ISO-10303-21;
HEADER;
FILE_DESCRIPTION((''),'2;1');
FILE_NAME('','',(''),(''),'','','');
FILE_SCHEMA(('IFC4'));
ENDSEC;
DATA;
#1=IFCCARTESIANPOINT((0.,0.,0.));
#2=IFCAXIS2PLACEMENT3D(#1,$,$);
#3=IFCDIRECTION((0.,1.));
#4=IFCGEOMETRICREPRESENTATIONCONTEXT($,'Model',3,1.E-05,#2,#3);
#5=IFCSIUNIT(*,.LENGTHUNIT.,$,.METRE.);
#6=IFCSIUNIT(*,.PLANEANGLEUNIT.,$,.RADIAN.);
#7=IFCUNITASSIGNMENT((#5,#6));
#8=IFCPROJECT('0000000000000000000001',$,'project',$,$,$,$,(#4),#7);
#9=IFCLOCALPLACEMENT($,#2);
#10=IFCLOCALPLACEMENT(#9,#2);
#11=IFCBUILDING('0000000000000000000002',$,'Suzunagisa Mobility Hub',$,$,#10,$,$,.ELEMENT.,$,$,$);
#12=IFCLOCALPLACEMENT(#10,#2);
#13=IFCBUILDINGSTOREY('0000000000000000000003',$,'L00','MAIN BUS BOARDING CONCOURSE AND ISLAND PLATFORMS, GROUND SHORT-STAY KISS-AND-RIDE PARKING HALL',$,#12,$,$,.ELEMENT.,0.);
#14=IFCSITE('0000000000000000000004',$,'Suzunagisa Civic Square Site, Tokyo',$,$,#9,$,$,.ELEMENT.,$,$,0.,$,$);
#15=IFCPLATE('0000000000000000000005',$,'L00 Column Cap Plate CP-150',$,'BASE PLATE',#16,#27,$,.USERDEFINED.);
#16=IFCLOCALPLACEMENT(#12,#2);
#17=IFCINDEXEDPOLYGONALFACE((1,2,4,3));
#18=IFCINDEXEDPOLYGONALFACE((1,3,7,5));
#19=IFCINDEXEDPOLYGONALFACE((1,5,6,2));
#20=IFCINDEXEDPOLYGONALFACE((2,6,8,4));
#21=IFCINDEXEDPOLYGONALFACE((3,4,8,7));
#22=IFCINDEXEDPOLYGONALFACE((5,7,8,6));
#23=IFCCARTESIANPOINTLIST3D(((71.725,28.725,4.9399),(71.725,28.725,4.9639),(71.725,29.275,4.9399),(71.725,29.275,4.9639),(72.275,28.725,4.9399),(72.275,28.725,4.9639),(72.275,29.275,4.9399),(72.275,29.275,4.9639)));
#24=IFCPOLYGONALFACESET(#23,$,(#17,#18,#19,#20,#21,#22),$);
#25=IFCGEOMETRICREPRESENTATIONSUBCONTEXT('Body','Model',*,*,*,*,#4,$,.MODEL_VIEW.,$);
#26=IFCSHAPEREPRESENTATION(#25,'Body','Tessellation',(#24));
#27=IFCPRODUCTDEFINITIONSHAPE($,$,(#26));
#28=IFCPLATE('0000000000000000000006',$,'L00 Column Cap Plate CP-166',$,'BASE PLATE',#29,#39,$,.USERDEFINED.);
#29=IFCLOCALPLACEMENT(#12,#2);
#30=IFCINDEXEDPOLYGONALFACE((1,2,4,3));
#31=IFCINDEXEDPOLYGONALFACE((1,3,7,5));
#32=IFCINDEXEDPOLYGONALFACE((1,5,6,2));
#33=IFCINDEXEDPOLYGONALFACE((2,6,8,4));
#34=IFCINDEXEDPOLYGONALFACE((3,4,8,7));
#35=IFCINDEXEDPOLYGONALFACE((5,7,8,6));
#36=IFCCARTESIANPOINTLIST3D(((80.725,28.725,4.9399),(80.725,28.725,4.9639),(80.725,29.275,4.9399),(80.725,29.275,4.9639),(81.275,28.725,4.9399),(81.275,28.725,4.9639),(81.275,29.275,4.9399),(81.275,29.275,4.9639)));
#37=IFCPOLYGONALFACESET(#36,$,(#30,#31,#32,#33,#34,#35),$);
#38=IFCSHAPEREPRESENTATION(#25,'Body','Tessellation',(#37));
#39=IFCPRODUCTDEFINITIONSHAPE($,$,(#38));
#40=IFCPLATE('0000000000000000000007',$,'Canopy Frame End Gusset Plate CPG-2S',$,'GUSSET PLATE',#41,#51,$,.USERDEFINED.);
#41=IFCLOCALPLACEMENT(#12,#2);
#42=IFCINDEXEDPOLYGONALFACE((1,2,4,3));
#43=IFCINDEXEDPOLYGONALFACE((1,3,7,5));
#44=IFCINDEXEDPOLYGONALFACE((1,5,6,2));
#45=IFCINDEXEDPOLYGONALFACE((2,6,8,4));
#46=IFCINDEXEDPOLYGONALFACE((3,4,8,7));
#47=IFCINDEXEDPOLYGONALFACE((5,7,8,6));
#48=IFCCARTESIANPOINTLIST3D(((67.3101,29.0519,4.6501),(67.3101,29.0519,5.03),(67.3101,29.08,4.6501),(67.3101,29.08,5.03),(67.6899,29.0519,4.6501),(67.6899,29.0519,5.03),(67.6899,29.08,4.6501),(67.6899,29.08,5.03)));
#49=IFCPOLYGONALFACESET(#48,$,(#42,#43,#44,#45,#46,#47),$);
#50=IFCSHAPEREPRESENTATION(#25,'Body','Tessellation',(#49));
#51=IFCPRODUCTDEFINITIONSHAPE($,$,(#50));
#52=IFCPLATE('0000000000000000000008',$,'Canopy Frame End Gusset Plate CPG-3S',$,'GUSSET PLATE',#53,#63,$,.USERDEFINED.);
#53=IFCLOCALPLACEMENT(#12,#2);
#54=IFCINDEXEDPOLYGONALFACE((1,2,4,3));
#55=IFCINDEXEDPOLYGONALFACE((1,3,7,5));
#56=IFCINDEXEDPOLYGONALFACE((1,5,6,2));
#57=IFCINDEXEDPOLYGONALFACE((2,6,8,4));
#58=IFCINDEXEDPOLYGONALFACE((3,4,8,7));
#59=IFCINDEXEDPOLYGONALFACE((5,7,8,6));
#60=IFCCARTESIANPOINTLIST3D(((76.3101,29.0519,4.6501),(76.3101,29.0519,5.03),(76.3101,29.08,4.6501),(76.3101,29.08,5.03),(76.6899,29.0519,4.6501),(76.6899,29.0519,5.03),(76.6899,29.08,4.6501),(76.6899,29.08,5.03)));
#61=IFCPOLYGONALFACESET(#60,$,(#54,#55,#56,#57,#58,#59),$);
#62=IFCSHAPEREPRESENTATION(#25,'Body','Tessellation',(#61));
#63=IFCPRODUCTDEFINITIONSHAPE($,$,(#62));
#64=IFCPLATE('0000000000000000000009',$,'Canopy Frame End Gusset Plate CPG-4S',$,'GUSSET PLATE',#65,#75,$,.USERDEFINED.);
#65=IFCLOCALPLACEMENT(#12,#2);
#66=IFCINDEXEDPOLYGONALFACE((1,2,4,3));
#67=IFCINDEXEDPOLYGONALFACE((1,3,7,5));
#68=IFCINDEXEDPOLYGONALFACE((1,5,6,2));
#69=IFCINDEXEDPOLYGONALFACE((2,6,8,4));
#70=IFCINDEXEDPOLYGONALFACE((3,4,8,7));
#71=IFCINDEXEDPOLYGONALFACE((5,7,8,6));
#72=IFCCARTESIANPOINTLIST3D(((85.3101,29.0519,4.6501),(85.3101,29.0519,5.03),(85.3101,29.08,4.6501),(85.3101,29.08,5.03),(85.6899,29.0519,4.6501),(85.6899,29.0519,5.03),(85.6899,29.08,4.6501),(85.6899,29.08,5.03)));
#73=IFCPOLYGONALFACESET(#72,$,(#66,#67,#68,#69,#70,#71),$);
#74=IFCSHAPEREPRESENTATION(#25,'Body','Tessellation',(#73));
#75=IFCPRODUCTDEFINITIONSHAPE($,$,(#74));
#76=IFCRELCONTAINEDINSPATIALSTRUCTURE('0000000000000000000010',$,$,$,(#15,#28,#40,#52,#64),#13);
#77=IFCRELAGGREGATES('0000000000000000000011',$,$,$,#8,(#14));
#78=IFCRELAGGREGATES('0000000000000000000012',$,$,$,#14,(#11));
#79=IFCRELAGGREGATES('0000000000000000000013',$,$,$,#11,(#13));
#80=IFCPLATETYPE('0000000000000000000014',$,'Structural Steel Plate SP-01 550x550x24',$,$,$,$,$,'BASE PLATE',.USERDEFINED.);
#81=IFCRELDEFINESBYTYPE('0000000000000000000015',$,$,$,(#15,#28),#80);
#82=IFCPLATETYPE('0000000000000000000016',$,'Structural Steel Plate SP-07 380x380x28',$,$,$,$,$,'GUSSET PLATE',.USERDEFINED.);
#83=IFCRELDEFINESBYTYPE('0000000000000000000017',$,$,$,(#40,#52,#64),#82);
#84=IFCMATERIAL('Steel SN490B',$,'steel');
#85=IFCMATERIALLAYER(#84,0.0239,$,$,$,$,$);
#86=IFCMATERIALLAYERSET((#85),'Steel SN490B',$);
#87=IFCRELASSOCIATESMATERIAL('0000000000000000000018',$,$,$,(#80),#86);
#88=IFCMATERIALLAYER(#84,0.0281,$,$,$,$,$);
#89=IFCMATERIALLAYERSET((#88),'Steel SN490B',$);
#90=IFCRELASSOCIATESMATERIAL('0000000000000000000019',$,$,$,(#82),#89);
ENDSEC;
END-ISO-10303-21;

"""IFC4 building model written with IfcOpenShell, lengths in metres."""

from ifc_helpers import new_model, si_unit, direction, frame, origin, origin_2d, place, context, subcontext, project, spatial, rectangle, extrude, material, layer, layer_set, type_object, element, save


model = new_model("IFC4")

# Units and contexts
model_context = context("Model", 3, precision=1e-05, world=origin(), true_north=direction((0.0, 1.0)))
body_context = subcontext(model_context, "Body", "Model", "MODEL_VIEW")
ifc_project = project(units=[si_unit("LENGTHUNIT", "METRE"), si_unit("PLANEANGLEUNIT", "RADIAN")], contexts=[model_context])

# Site, building, storey
site_placement = place(None, origin())
site = spatial("IfcSite", under=ifc_project, at=site_placement, Name="Suzunagisa Civic Square Site, Tokyo", CompositionType="ELEMENT", RefElevation=0.0)
building_placement = place(site_placement, origin())
building = spatial("IfcBuilding", under=site, at=building_placement, Name="Suzunagisa Mobility Hub", CompositionType="ELEMENT")
storey_placement = place(building_placement, origin())
storey = spatial("IfcBuildingStorey", under=building, at=storey_placement, Name="L00", Description="MAIN BUS BOARDING CONCOURSE AND ISLAND PLATFORMS, GROUND SHORT-STAY KISS-AND-RIDE PARKING HALL", CompositionType="ELEMENT", Elevation=0.0)

# Shared definitions
ifc_material_1 = material(Name="Steel SN490B", Category="steel")

# Plates
ifc_layer_1 = layer(ifc_material_1, 0.0239)
ifc_layer_set_1 = layer_set([ifc_layer_1], Name="Steel SN490B")
plate_type_1 = type_object("IfcPlateType", Name="Structural Steel Plate SP-01 550x550x24", ElementType="BASE PLATE", PredefinedType="USERDEFINED", material=ifc_layer_set_1)
for number, where, z_axis, x_axis, name in (
    (1, (72.0, 29.0, 4.9399), (0.0, 0.0, 1.0), (1.0, 0.0, 0.0), "L00 Column Cap Plate CP-150"),
    (2, (81.0, 29.0, 4.9399), (0.0, 0.0, 1.0), (1.0, 0.0, 0.0), "L00 Column Cap Plate CP-166"),
):
    element("IfcPlate", number, at=place(storey_placement, frame(where, z_axis=z_axis, x_axis=x_axis)), inside=storey, type_object=plate_type_1, Name=name, ObjectType="BASE PLATE", PredefinedType="USERDEFINED", context=body_context, shape_type="SweptSolid", body=[
        extrude(rectangle(XDim=0.55, YDim=0.55, at=origin_2d()), origin(), (0.0, 0.0, 1.0), 0.0239),
    ])
ifc_layer_2 = layer(ifc_material_1, 0.0281)
ifc_layer_set_2 = layer_set([ifc_layer_2], Name="Steel SN490B")
plate_type_2 = type_object("IfcPlateType", Name="Structural Steel Plate SP-07 380x380x28", ElementType="GUSSET PLATE", PredefinedType="USERDEFINED", material=ifc_layer_set_2)
for number, where, z_axis, x_axis, name in (
    (3, (67.5, 29.0659, 4.6501), (0.0, 0.0, 1.0), (1.0, 0.0, 0.0), "Canopy Frame End Gusset Plate CPG-2S"),
    (4, (76.5, 29.0659, 4.6501), (0.0, 0.0, 1.0), (1.0, 0.0, 0.0), "Canopy Frame End Gusset Plate CPG-3S"),
    (5, (85.5, 29.0659, 4.6501), (0.0, 0.0, 1.0), (1.0, 0.0, 0.0), "Canopy Frame End Gusset Plate CPG-4S"),
):
    element("IfcPlate", number, at=place(storey_placement, frame(where, z_axis=z_axis, x_axis=x_axis)), inside=storey, type_object=plate_type_2, Name=name, ObjectType="GUSSET PLATE", PredefinedType="USERDEFINED", context=body_context, shape_type="SweptSolid", body=[
        extrude(rectangle(XDim=0.3799, YDim=0.0281, at=origin_2d()), origin(), (0.0, 0.0, 1.0), 0.3799),
    ])

save(model, "model.ifc")
